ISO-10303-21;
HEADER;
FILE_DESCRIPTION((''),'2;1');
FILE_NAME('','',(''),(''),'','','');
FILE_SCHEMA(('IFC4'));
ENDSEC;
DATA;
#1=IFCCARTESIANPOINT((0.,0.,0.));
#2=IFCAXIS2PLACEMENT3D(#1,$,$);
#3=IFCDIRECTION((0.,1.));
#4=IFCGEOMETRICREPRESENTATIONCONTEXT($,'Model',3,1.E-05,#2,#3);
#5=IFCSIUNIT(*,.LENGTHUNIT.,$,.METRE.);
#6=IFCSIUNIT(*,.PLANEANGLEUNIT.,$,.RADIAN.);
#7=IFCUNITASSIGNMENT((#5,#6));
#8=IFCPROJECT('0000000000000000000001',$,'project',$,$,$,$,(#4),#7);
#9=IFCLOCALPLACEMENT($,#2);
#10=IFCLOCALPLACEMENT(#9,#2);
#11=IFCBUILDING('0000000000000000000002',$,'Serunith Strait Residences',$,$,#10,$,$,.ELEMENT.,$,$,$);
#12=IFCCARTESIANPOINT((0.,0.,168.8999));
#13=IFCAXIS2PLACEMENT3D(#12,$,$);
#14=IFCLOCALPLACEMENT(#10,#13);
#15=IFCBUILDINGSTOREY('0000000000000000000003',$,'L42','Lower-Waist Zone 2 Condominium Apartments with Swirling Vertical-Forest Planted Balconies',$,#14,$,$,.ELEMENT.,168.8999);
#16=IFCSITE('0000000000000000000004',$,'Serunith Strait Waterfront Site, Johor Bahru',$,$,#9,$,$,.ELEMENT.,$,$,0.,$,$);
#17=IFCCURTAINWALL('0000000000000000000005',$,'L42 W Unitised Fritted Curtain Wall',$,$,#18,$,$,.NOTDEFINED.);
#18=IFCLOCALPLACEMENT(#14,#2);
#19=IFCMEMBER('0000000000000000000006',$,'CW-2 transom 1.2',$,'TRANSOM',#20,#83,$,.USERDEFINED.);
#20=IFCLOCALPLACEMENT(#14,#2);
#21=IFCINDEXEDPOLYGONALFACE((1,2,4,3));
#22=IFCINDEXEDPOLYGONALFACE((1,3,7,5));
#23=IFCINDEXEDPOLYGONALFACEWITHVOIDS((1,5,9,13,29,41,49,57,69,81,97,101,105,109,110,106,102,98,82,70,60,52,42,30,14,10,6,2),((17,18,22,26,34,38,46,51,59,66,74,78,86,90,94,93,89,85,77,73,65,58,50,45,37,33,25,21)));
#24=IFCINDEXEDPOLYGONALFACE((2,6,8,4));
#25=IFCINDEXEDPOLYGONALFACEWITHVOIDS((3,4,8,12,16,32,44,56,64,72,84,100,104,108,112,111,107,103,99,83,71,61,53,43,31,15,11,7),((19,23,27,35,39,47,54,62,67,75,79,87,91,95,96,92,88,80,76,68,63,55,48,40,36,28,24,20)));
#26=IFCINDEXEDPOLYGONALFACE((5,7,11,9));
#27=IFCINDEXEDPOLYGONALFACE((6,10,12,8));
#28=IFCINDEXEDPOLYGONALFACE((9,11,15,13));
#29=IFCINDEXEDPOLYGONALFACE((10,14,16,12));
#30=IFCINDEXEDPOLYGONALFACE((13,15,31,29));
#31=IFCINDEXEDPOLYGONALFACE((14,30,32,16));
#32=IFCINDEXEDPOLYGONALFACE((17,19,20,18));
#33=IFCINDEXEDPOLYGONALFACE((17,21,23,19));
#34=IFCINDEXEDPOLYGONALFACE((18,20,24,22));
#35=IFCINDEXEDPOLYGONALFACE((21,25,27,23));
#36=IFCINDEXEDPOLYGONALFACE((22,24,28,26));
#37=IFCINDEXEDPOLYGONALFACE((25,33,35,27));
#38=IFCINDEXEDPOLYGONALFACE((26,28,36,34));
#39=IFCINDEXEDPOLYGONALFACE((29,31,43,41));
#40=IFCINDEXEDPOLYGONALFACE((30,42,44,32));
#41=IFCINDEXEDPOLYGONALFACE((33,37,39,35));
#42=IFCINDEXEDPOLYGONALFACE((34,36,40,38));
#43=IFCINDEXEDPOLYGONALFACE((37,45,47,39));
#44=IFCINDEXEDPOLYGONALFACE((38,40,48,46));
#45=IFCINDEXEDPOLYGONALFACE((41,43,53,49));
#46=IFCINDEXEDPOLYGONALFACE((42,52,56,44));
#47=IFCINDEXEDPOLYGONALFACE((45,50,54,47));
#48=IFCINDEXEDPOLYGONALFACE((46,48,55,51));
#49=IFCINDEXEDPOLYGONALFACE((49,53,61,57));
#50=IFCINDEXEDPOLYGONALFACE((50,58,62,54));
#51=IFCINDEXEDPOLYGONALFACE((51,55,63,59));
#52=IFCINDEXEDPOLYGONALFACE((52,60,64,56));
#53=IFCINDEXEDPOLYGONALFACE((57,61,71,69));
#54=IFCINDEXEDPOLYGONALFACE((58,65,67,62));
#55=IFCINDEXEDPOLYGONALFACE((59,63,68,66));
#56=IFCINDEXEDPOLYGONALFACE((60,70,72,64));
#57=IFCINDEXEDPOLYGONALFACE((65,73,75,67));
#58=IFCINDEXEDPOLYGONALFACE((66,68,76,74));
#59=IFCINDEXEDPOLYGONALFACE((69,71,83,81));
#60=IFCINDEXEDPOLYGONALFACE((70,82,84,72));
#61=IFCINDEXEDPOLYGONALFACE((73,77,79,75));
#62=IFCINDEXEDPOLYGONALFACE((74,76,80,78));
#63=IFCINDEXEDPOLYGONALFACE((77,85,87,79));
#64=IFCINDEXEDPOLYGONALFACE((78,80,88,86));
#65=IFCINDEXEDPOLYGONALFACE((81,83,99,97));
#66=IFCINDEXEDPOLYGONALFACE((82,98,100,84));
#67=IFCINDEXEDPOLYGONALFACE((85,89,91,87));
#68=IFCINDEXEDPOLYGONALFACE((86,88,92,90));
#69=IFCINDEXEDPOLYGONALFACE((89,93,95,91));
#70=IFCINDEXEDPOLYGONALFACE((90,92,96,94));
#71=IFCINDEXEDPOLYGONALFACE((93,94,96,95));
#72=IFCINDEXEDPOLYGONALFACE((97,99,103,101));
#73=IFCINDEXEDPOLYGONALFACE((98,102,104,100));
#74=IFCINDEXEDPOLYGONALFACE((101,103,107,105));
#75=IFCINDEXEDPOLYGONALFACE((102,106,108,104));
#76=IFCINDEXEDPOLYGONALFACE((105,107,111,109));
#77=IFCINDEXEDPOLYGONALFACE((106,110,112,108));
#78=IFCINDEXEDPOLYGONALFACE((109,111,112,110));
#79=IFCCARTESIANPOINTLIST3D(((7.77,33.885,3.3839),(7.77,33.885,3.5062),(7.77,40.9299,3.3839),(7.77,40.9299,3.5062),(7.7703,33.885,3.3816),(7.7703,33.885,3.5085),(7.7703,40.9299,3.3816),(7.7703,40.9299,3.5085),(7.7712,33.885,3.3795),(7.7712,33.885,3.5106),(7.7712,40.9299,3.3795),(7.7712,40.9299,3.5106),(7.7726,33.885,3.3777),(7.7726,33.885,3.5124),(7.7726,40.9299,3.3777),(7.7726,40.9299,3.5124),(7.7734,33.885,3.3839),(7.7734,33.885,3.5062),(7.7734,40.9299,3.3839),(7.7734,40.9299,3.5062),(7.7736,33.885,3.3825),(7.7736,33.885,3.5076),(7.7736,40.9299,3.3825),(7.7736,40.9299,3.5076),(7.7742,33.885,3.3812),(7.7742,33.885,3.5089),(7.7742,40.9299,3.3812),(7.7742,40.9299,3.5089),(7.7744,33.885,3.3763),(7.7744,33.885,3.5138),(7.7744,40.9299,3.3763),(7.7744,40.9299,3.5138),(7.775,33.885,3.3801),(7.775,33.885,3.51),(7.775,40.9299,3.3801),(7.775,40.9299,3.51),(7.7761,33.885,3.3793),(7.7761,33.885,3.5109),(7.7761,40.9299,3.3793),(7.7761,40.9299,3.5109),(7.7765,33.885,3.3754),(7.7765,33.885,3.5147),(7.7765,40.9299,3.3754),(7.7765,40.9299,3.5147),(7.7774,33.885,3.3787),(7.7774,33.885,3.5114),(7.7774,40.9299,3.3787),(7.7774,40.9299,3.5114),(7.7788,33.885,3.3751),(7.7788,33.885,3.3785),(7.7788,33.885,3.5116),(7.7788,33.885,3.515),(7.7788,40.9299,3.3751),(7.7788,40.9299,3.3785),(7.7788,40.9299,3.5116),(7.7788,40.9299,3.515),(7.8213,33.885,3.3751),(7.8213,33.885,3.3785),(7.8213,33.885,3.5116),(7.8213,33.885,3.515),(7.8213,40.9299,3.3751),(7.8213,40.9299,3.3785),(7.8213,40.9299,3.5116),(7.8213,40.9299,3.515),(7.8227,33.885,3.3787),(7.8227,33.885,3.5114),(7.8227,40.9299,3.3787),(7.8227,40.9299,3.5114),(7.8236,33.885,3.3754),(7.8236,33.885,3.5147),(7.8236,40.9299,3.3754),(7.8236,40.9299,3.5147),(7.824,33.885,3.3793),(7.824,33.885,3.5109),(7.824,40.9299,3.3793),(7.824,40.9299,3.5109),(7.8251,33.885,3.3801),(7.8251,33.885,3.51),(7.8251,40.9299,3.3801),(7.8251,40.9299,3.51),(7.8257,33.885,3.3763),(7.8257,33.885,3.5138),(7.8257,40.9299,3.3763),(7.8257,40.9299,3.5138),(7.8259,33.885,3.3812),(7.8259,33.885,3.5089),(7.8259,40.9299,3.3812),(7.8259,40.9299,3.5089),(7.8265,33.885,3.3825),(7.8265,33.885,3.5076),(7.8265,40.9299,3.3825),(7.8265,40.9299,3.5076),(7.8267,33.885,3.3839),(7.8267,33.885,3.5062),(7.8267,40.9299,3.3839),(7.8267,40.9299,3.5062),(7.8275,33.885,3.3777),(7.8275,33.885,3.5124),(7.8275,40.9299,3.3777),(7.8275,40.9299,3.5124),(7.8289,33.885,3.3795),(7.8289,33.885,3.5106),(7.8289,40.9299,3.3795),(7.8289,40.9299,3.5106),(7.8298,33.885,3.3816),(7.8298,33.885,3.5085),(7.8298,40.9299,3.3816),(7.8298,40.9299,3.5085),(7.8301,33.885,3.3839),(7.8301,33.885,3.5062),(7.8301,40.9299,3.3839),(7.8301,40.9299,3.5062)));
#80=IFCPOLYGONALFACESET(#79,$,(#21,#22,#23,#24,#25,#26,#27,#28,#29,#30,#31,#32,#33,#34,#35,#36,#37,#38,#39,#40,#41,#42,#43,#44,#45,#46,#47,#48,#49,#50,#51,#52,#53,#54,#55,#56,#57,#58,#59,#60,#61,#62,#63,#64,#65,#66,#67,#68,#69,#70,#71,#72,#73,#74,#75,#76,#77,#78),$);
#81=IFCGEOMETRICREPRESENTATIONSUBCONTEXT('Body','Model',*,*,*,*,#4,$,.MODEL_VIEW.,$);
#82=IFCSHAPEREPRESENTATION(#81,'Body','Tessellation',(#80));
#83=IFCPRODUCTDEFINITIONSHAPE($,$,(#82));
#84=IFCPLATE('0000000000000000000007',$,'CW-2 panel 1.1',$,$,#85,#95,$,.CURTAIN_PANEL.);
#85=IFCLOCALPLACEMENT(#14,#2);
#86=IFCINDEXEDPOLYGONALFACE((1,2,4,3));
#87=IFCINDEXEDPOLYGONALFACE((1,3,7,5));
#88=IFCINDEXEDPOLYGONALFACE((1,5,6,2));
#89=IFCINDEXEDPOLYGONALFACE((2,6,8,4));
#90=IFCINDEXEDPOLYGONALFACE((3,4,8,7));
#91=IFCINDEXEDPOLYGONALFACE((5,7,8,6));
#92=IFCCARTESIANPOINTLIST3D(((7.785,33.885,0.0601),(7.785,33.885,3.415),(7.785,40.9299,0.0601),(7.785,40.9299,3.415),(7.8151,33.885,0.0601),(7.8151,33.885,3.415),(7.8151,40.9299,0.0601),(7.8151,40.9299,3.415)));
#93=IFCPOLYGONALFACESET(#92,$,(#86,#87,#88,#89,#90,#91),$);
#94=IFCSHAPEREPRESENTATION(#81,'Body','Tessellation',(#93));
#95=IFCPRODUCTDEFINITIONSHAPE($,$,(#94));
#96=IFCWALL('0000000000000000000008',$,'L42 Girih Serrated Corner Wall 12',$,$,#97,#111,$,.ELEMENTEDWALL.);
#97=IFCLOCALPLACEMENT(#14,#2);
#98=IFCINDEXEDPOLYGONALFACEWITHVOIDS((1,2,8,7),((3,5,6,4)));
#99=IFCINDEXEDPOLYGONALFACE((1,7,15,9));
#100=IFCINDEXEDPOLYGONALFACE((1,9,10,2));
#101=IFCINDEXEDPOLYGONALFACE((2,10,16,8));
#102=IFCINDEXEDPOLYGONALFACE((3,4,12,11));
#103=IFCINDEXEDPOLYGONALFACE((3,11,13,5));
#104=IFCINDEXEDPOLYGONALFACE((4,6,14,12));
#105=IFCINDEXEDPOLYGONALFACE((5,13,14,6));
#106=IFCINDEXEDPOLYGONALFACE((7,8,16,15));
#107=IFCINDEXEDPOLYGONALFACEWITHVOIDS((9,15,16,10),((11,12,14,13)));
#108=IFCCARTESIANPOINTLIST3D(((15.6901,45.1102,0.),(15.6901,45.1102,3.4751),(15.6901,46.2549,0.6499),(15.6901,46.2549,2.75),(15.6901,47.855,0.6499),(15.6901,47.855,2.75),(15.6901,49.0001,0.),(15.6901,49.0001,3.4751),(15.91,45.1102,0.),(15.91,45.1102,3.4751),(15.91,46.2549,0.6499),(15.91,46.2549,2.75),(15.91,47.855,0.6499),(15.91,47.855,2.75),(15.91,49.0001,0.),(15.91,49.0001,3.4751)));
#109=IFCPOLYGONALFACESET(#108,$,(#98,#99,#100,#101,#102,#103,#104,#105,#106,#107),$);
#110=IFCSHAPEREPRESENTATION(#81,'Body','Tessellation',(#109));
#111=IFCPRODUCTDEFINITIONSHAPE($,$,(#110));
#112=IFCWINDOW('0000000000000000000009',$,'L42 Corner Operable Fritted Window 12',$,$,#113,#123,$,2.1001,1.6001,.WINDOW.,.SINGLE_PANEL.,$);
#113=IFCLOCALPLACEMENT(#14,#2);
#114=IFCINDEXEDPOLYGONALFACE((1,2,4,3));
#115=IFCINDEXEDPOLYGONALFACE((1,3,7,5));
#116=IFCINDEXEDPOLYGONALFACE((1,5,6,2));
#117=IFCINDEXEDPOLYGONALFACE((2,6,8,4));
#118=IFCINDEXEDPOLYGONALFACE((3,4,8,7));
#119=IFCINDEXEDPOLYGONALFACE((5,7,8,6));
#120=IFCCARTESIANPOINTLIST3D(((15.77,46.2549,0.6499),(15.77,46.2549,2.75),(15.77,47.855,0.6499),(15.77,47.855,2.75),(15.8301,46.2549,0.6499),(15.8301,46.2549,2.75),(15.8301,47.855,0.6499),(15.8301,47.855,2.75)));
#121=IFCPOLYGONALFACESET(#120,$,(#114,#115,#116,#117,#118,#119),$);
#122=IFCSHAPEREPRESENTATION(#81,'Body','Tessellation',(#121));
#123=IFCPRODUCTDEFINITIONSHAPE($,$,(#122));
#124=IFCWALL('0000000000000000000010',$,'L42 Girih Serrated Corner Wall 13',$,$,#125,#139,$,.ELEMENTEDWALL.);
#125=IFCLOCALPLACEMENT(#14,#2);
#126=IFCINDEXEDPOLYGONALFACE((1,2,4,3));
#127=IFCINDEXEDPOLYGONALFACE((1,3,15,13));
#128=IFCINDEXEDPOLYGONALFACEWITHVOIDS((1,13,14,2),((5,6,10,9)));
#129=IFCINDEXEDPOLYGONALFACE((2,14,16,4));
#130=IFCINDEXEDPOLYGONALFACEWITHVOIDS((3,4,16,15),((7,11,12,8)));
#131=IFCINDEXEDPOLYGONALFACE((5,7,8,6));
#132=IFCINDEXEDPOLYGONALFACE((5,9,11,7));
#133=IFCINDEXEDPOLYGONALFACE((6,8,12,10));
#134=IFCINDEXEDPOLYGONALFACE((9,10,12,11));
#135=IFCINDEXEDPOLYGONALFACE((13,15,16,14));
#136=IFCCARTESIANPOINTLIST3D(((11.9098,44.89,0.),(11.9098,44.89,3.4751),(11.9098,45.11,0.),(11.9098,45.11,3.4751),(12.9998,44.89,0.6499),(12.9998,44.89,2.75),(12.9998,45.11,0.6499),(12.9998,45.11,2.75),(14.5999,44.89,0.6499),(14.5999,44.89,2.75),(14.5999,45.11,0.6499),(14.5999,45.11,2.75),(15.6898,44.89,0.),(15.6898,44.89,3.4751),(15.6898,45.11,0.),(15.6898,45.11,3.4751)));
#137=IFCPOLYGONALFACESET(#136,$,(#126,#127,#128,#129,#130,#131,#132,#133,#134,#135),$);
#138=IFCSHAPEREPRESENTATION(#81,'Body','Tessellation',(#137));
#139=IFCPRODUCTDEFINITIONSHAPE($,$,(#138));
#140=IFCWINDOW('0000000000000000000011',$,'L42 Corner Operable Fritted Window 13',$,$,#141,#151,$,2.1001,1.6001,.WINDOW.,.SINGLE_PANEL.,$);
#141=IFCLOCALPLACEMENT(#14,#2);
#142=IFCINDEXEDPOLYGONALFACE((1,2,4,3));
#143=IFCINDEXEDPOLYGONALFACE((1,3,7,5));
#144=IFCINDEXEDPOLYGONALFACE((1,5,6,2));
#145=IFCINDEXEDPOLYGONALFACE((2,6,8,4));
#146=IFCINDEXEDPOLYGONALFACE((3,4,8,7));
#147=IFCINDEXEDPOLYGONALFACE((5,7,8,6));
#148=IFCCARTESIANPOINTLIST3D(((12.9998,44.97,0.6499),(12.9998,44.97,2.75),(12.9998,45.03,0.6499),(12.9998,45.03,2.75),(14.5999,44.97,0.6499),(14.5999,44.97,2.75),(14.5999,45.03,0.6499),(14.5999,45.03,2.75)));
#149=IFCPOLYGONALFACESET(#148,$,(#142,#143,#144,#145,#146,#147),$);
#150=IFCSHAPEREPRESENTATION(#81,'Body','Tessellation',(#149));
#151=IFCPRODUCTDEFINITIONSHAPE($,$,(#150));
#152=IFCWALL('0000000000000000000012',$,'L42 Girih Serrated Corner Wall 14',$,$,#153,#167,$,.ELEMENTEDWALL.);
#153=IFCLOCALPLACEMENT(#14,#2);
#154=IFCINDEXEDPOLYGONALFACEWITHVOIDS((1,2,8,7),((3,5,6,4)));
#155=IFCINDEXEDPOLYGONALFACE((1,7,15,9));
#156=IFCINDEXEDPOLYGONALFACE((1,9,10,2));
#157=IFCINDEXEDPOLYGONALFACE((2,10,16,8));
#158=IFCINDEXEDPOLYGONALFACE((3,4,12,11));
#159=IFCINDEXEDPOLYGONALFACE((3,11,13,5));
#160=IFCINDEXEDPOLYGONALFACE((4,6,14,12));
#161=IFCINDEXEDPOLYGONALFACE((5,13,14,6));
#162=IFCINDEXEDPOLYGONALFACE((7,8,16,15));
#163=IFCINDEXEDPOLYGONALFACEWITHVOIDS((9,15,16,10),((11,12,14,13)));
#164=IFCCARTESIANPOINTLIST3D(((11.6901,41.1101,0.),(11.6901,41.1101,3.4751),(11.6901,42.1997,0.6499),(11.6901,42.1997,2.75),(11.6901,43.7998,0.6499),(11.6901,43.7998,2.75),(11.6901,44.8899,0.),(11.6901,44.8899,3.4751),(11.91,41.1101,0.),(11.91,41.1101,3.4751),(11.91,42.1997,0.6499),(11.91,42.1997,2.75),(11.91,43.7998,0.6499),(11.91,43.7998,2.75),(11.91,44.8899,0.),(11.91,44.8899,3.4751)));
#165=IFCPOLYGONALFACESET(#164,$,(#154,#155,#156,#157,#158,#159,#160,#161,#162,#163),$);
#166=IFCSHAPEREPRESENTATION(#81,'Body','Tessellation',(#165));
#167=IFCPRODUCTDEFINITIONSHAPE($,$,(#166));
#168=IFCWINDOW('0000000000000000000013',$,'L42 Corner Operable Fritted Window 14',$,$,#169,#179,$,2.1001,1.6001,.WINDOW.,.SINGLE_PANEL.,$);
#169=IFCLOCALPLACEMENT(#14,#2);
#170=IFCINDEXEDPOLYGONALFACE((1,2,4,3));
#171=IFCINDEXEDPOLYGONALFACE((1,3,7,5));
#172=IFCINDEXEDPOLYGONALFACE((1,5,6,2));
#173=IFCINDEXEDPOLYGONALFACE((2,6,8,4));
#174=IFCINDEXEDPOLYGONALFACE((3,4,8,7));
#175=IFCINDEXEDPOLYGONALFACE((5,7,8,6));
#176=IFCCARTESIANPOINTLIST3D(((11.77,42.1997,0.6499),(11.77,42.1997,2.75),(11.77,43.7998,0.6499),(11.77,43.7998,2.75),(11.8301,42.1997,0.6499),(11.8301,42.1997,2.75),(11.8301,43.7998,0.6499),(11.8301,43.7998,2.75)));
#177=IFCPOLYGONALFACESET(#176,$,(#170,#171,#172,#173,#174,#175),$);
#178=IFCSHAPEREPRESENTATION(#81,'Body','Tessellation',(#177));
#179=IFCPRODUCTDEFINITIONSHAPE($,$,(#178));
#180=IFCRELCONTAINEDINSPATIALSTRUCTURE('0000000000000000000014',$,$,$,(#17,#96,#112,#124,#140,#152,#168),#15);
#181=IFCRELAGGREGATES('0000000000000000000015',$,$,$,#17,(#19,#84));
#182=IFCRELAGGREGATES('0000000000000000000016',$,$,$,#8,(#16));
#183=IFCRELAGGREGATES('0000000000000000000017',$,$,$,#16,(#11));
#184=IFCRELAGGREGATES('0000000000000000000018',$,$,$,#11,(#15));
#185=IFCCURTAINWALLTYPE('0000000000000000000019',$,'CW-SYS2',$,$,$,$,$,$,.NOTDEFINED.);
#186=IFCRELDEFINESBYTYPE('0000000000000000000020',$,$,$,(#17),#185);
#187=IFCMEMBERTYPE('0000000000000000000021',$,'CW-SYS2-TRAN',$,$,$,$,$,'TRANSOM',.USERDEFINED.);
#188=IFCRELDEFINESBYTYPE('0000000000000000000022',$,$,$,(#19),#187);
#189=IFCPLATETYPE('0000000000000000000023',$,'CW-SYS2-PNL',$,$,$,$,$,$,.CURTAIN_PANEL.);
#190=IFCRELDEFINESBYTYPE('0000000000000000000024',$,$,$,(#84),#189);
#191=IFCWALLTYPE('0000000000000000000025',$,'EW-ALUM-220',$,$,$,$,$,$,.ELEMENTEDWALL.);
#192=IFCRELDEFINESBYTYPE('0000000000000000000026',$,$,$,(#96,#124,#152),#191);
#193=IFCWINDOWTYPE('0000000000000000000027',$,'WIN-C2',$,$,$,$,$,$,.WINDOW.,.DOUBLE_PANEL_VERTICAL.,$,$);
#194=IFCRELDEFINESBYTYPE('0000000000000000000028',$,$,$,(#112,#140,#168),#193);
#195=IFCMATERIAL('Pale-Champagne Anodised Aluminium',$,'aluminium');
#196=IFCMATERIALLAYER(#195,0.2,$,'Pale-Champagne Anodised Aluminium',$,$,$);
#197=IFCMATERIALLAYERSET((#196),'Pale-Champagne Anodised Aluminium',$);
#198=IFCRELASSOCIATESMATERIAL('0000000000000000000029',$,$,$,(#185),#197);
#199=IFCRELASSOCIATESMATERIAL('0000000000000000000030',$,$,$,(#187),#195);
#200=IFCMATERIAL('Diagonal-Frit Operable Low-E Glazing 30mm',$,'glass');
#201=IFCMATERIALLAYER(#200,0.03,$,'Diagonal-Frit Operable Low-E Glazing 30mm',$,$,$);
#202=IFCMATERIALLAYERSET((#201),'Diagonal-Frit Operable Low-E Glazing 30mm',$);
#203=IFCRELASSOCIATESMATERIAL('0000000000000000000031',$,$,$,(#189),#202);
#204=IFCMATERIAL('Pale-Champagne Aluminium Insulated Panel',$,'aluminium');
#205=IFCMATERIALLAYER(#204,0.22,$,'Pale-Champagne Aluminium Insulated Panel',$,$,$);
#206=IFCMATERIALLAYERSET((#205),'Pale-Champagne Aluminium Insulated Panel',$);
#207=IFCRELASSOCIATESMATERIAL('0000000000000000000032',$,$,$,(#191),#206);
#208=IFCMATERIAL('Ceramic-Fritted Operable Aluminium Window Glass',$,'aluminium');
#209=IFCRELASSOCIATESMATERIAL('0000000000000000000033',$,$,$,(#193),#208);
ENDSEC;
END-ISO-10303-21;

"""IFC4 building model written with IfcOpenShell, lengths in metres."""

from ifc_helpers import new_model, si_unit, direction, frame, frame_2d, origin, origin_2d, place, context, subcontext, project, spatial, rectangle, hollow_rectangle, extrude, source, transform, mapped, material, layer, layer_set, material_profile, profile_set, type_object, element, fill, aggregate, save


model = new_model("IFC4")

# Units and contexts
model_context = context("Model", 3, precision=1e-05, world=origin(), true_north=direction((0.0, 1.0)))
body_context = subcontext(model_context, "Body", "Model", "MODEL_VIEW")
ifc_project = project(units=[si_unit("LENGTHUNIT", "METRE"), si_unit("PLANEANGLEUNIT", "RADIAN")], contexts=[model_context])

# Site, building, storey
site_placement = place(None, origin())
site = spatial("IfcSite", under=ifc_project, at=site_placement, Name="Serunith Strait Waterfront Site, Johor Bahru", CompositionType="ELEMENT", RefElevation=0.0)
building_placement = place(site_placement, origin())
building = spatial("IfcBuilding", under=site, at=building_placement, Name="Serunith Strait Residences", CompositionType="ELEMENT")
storey_placement = place(building_placement, frame((0.0, 0.0, 168.8999)))
storey = spatial("IfcBuildingStorey", under=building, at=storey_placement, Name="L42", Description="Lower-Waist Zone 2 Condominium Apartments with Swirling Vertical-Forest Planted Balconies", CompositionType="ELEMENT", Elevation=168.8999)

# Shared definitions
ifc_material_1 = material(Name="Pale-Champagne Anodised Aluminium", Category="aluminium")
ifc_layer_1 = layer(ifc_material_1, 0.2, Name="Pale-Champagne Anodised Aluminium")
ifc_layer_set_1 = layer_set([ifc_layer_1], Name="Pale-Champagne Anodised Aluminium")
curtain_wall_type = type_object("IfcCurtainWallType", Name="CW-SYS2", PredefinedType="NOTDEFINED", material=ifc_layer_set_1)

# Curtain wall, member, plate
curtain_wall_1_placement = place(storey_placement, origin())
curtain_wall_1 = element("IfcCurtainWall", 1, at=curtain_wall_1_placement, inside=storey, type_object=curtain_wall_type, Name="L42 W Unitised Fritted Curtain Wall", PredefinedType="NOTDEFINED")
ifc_material_profile_1 = material_profile(ifc_material_1, hollow_rectangle(XDim=0.0601, YDim=0.1399, WallThickness=0.0034, InnerFilletRadius=0.0054, OuterFilletRadius=0.0088, at=origin_2d()), Name="ALU 140x60x3.5")
ifc_profile_set_1 = profile_set([ifc_material_profile_1], Name="Pale-Champagne Anodised Aluminium")
member_type_1 = type_object("IfcMemberType", Name="CW-SYS2-TRAN", ElementType="TRANSOM", PredefinedType="USERDEFINED", material=ifc_profile_set_1)
shared_shape_1 = source(origin(), body_context, "Body", "SweptSolid", [
    extrude(hollow_rectangle(XDim=0.0601, YDim=0.1399, WallThickness=0.0034, InnerFilletRadius=0.0054, OuterFilletRadius=0.0088, at=origin_2d()), origin(), (0.0, 0.0, 1.0), 7.0449),
])
member_1_placement = place(storey_placement, frame((7.8, 40.9299, 3.4451), z_axis=(0.0, -1.0, 0.0), x_axis=(1.0, 0.0, 0.0)))
member_1 = element("IfcMember", 2, at=member_1_placement, type_object=member_type_1, Name="CW-2 transom 1.2", ObjectType="TRANSOM", PredefinedType="USERDEFINED", context=body_context, shape_type="MappedRepresentation", body=[
    mapped(shared_shape_1, transform((0.0, 0.0, 0.0), scale=1.0)),
])
ifc_material_2 = material(Name="Diagonal-Frit Operable Low-E Glazing 30mm", Category="glass")
ifc_layer_2 = layer(ifc_material_2, 0.03, Name="Diagonal-Frit Operable Low-E Glazing 30mm")
ifc_layer_set_2 = layer_set([ifc_layer_2], Name="Diagonal-Frit Operable Low-E Glazing 30mm")
plate_type = type_object("IfcPlateType", Name="CW-SYS2-PNL", PredefinedType="CURTAIN_PANEL", material=ifc_layer_set_2)
shared_shape_2 = source(origin(), body_context, "Body", "SweptSolid", [
    extrude(rectangle(XDim=7.0449, YDim=0.03, at=origin_2d()), origin(), (0.0, 0.0, 1.0), 3.355),
])
plate_placement = place(storey_placement, frame((7.8, 37.4075, 0.0601), z_axis=(0.0, 0.0, 1.0), x_axis=(0.0, -1.0, 0.0)))
plate = element("IfcPlate", 3, at=plate_placement, type_object=plate_type, Name="CW-2 panel 1.1", PredefinedType="CURTAIN_PANEL", context=body_context, shape_type="MappedRepresentation", body=[
    mapped(shared_shape_2, transform((0.0, 0.0, 0.0), scale=1.0)),
])
aggregate(curtain_wall_1, [member_1, plate])

# Walls, openings, windows
ifc_material_3 = material(Name="Pale-Champagne Aluminium Insulated Panel", Category="aluminium")
ifc_layer_3 = layer(ifc_material_3, 0.22, Name="Pale-Champagne Aluminium Insulated Panel")
ifc_layer_set_3 = layer_set([ifc_layer_3], Name="Pale-Champagne Aluminium Insulated Panel")
wall_type_1 = type_object("IfcWallType", Name="EW-ALUM-220", PredefinedType="ELEMENTEDWALL", material=ifc_layer_set_3)
wall_1_placement = place(storey_placement, frame((15.8, 49.0, 0.0), z_axis=(0.0, 0.0, 1.0), x_axis=(0.0, -1.0, 0.0)))
wall_1 = element("IfcWall", 4, at=wall_1_placement, inside=storey, type_object=wall_type_1, Name="L42 Girih Serrated Corner Wall 12", PredefinedType="ELEMENTEDWALL", context=body_context, shape_type="SweptSolid", body=[
    extrude(rectangle(XDim=3.8899, YDim=0.22, at=frame_2d((1.9448, 0.0))), origin(), (0.0, 0.0, 1.0), 3.4751),
])
opening_1_placement = place(wall_1_placement, frame((1.145, 0.0, 0.6499)))
opening_1 = element("IfcOpeningElement", 5, at=opening_1_placement, cuts=wall_1, PredefinedType="OPENING", context=body_context, shape_type="SweptSolid", body=[
    extrude(rectangle(XDim=1.6001, YDim=2.1001, at=frame_2d((0.8, 1.05))), frame((0.0, 0.1201, 0.0), z_axis=(0.0, -1.0, 0.0), x_axis=(1.0, 0.0, 0.0)), (0.0, 0.0, 1.0), 0.24),
])
ifc_material_4 = material(Name="Ceramic-Fritted Operable Aluminium Window Glass", Category="aluminium")
window_type = type_object("IfcWindowType", Name="WIN-C2", PartitioningType="DOUBLE_PANEL_VERTICAL", PredefinedType="WINDOW", material=ifc_material_4)
shared_shape_3 = source(origin(), body_context, "Body", "SweptSolid", [
    extrude(rectangle(XDim=1.6001, YDim=2.1001, at=frame_2d((0.8, 1.05))), frame((0.0, 0.03, 0.0), z_axis=(0.0, -1.0, 0.0), x_axis=(1.0, 0.0, 0.0)), (0.0, 0.0, 1.0), 0.0601),
])
window_1_placement = place(opening_1_placement, origin())
window_1 = element("IfcWindow", 6, at=window_1_placement, inside=storey, type_object=window_type, Name="L42 Corner Operable Fritted Window 12", OverallHeight=2.1001, OverallWidth=1.6001, PartitioningType="SINGLE_PANEL", PredefinedType="WINDOW", context=body_context, shape_type="MappedRepresentation", body=[
    mapped(shared_shape_3, transform((0.0, 0.0, 0.0), scale=1.0)),
])
fill(opening_1, window_1)
wall_2_placement = place(storey_placement, frame((15.6899, 45.0, 0.0), z_axis=(0.0, 0.0, 1.0), x_axis=(-1.0, 0.0, 0.0)))
wall_2 = element("IfcWall", 7, at=wall_2_placement, inside=storey, type_object=wall_type_1, Name="L42 Girih Serrated Corner Wall 13", PredefinedType="ELEMENTEDWALL", context=body_context, shape_type="SweptSolid", body=[
    extrude(rectangle(XDim=3.78, YDim=0.22, at=frame_2d((1.8901, 0.0))), origin(), (0.0, 0.0, 1.0), 3.4751),
])
opening_2_placement = place(wall_2_placement, frame((1.0901, 0.0, 0.6499)))
opening_2 = element("IfcOpeningElement", 8, at=opening_2_placement, cuts=wall_2, PredefinedType="OPENING", context=body_context, shape_type="SweptSolid", body=[
    extrude(rectangle(XDim=1.6001, YDim=2.1001, at=frame_2d((0.8, 1.05))), frame((0.0, 0.1201, 0.0), z_axis=(0.0, -1.0, 0.0), x_axis=(1.0, 0.0, 0.0)), (0.0, 0.0, 1.0), 0.24),
])
window_2_placement = place(opening_2_placement, origin())
window_2 = element("IfcWindow", 9, at=window_2_placement, inside=storey, type_object=window_type, Name="L42 Corner Operable Fritted Window 13", OverallHeight=2.1001, OverallWidth=1.6001, PartitioningType="SINGLE_PANEL", PredefinedType="WINDOW", context=body_context, shape_type="MappedRepresentation", body=[
    mapped(shared_shape_3, transform((0.0, 0.0, 0.0), scale=1.0)),
])
fill(opening_2, window_2)
wall_3_placement = place(storey_placement, frame((11.8, 44.8899, 0.0), z_axis=(0.0, 0.0, 1.0), x_axis=(0.0, -1.0, 0.0)))
wall_3 = element("IfcWall", 10, at=wall_3_placement, inside=storey, type_object=wall_type_1, Name="L42 Girih Serrated Corner Wall 14", PredefinedType="ELEMENTEDWALL", context=body_context, shape_type="SweptSolid", body=[
    extrude(rectangle(XDim=3.7798, YDim=0.22, at=frame_2d((1.8899, 0.0))), origin(), (0.0, 0.0, 1.0), 3.4751),
])
opening_3_placement = place(wall_3_placement, frame((1.0901, 0.0, 0.6499)))
opening_3 = element("IfcOpeningElement", 11, at=opening_3_placement, cuts=wall_3, PredefinedType="OPENING", context=body_context, shape_type="SweptSolid", body=[
    extrude(rectangle(XDim=1.6001, YDim=2.1001, at=frame_2d((0.8, 1.05))), frame((0.0, 0.1201, 0.0), z_axis=(0.0, -1.0, 0.0), x_axis=(1.0, 0.0, 0.0)), (0.0, 0.0, 1.0), 0.24),
])
window_3_placement = place(opening_3_placement, origin())
window_3 = element("IfcWindow", 12, at=window_3_placement, inside=storey, type_object=window_type, Name="L42 Corner Operable Fritted Window 14", OverallHeight=2.1001, OverallWidth=1.6001, PartitioningType="SINGLE_PANEL", PredefinedType="WINDOW", context=body_context, shape_type="MappedRepresentation", body=[
    mapped(shared_shape_3, transform((0.0, 0.0, 0.0), scale=1.0)),
])
fill(opening_3, window_3)

save(model, "model.ifc")
